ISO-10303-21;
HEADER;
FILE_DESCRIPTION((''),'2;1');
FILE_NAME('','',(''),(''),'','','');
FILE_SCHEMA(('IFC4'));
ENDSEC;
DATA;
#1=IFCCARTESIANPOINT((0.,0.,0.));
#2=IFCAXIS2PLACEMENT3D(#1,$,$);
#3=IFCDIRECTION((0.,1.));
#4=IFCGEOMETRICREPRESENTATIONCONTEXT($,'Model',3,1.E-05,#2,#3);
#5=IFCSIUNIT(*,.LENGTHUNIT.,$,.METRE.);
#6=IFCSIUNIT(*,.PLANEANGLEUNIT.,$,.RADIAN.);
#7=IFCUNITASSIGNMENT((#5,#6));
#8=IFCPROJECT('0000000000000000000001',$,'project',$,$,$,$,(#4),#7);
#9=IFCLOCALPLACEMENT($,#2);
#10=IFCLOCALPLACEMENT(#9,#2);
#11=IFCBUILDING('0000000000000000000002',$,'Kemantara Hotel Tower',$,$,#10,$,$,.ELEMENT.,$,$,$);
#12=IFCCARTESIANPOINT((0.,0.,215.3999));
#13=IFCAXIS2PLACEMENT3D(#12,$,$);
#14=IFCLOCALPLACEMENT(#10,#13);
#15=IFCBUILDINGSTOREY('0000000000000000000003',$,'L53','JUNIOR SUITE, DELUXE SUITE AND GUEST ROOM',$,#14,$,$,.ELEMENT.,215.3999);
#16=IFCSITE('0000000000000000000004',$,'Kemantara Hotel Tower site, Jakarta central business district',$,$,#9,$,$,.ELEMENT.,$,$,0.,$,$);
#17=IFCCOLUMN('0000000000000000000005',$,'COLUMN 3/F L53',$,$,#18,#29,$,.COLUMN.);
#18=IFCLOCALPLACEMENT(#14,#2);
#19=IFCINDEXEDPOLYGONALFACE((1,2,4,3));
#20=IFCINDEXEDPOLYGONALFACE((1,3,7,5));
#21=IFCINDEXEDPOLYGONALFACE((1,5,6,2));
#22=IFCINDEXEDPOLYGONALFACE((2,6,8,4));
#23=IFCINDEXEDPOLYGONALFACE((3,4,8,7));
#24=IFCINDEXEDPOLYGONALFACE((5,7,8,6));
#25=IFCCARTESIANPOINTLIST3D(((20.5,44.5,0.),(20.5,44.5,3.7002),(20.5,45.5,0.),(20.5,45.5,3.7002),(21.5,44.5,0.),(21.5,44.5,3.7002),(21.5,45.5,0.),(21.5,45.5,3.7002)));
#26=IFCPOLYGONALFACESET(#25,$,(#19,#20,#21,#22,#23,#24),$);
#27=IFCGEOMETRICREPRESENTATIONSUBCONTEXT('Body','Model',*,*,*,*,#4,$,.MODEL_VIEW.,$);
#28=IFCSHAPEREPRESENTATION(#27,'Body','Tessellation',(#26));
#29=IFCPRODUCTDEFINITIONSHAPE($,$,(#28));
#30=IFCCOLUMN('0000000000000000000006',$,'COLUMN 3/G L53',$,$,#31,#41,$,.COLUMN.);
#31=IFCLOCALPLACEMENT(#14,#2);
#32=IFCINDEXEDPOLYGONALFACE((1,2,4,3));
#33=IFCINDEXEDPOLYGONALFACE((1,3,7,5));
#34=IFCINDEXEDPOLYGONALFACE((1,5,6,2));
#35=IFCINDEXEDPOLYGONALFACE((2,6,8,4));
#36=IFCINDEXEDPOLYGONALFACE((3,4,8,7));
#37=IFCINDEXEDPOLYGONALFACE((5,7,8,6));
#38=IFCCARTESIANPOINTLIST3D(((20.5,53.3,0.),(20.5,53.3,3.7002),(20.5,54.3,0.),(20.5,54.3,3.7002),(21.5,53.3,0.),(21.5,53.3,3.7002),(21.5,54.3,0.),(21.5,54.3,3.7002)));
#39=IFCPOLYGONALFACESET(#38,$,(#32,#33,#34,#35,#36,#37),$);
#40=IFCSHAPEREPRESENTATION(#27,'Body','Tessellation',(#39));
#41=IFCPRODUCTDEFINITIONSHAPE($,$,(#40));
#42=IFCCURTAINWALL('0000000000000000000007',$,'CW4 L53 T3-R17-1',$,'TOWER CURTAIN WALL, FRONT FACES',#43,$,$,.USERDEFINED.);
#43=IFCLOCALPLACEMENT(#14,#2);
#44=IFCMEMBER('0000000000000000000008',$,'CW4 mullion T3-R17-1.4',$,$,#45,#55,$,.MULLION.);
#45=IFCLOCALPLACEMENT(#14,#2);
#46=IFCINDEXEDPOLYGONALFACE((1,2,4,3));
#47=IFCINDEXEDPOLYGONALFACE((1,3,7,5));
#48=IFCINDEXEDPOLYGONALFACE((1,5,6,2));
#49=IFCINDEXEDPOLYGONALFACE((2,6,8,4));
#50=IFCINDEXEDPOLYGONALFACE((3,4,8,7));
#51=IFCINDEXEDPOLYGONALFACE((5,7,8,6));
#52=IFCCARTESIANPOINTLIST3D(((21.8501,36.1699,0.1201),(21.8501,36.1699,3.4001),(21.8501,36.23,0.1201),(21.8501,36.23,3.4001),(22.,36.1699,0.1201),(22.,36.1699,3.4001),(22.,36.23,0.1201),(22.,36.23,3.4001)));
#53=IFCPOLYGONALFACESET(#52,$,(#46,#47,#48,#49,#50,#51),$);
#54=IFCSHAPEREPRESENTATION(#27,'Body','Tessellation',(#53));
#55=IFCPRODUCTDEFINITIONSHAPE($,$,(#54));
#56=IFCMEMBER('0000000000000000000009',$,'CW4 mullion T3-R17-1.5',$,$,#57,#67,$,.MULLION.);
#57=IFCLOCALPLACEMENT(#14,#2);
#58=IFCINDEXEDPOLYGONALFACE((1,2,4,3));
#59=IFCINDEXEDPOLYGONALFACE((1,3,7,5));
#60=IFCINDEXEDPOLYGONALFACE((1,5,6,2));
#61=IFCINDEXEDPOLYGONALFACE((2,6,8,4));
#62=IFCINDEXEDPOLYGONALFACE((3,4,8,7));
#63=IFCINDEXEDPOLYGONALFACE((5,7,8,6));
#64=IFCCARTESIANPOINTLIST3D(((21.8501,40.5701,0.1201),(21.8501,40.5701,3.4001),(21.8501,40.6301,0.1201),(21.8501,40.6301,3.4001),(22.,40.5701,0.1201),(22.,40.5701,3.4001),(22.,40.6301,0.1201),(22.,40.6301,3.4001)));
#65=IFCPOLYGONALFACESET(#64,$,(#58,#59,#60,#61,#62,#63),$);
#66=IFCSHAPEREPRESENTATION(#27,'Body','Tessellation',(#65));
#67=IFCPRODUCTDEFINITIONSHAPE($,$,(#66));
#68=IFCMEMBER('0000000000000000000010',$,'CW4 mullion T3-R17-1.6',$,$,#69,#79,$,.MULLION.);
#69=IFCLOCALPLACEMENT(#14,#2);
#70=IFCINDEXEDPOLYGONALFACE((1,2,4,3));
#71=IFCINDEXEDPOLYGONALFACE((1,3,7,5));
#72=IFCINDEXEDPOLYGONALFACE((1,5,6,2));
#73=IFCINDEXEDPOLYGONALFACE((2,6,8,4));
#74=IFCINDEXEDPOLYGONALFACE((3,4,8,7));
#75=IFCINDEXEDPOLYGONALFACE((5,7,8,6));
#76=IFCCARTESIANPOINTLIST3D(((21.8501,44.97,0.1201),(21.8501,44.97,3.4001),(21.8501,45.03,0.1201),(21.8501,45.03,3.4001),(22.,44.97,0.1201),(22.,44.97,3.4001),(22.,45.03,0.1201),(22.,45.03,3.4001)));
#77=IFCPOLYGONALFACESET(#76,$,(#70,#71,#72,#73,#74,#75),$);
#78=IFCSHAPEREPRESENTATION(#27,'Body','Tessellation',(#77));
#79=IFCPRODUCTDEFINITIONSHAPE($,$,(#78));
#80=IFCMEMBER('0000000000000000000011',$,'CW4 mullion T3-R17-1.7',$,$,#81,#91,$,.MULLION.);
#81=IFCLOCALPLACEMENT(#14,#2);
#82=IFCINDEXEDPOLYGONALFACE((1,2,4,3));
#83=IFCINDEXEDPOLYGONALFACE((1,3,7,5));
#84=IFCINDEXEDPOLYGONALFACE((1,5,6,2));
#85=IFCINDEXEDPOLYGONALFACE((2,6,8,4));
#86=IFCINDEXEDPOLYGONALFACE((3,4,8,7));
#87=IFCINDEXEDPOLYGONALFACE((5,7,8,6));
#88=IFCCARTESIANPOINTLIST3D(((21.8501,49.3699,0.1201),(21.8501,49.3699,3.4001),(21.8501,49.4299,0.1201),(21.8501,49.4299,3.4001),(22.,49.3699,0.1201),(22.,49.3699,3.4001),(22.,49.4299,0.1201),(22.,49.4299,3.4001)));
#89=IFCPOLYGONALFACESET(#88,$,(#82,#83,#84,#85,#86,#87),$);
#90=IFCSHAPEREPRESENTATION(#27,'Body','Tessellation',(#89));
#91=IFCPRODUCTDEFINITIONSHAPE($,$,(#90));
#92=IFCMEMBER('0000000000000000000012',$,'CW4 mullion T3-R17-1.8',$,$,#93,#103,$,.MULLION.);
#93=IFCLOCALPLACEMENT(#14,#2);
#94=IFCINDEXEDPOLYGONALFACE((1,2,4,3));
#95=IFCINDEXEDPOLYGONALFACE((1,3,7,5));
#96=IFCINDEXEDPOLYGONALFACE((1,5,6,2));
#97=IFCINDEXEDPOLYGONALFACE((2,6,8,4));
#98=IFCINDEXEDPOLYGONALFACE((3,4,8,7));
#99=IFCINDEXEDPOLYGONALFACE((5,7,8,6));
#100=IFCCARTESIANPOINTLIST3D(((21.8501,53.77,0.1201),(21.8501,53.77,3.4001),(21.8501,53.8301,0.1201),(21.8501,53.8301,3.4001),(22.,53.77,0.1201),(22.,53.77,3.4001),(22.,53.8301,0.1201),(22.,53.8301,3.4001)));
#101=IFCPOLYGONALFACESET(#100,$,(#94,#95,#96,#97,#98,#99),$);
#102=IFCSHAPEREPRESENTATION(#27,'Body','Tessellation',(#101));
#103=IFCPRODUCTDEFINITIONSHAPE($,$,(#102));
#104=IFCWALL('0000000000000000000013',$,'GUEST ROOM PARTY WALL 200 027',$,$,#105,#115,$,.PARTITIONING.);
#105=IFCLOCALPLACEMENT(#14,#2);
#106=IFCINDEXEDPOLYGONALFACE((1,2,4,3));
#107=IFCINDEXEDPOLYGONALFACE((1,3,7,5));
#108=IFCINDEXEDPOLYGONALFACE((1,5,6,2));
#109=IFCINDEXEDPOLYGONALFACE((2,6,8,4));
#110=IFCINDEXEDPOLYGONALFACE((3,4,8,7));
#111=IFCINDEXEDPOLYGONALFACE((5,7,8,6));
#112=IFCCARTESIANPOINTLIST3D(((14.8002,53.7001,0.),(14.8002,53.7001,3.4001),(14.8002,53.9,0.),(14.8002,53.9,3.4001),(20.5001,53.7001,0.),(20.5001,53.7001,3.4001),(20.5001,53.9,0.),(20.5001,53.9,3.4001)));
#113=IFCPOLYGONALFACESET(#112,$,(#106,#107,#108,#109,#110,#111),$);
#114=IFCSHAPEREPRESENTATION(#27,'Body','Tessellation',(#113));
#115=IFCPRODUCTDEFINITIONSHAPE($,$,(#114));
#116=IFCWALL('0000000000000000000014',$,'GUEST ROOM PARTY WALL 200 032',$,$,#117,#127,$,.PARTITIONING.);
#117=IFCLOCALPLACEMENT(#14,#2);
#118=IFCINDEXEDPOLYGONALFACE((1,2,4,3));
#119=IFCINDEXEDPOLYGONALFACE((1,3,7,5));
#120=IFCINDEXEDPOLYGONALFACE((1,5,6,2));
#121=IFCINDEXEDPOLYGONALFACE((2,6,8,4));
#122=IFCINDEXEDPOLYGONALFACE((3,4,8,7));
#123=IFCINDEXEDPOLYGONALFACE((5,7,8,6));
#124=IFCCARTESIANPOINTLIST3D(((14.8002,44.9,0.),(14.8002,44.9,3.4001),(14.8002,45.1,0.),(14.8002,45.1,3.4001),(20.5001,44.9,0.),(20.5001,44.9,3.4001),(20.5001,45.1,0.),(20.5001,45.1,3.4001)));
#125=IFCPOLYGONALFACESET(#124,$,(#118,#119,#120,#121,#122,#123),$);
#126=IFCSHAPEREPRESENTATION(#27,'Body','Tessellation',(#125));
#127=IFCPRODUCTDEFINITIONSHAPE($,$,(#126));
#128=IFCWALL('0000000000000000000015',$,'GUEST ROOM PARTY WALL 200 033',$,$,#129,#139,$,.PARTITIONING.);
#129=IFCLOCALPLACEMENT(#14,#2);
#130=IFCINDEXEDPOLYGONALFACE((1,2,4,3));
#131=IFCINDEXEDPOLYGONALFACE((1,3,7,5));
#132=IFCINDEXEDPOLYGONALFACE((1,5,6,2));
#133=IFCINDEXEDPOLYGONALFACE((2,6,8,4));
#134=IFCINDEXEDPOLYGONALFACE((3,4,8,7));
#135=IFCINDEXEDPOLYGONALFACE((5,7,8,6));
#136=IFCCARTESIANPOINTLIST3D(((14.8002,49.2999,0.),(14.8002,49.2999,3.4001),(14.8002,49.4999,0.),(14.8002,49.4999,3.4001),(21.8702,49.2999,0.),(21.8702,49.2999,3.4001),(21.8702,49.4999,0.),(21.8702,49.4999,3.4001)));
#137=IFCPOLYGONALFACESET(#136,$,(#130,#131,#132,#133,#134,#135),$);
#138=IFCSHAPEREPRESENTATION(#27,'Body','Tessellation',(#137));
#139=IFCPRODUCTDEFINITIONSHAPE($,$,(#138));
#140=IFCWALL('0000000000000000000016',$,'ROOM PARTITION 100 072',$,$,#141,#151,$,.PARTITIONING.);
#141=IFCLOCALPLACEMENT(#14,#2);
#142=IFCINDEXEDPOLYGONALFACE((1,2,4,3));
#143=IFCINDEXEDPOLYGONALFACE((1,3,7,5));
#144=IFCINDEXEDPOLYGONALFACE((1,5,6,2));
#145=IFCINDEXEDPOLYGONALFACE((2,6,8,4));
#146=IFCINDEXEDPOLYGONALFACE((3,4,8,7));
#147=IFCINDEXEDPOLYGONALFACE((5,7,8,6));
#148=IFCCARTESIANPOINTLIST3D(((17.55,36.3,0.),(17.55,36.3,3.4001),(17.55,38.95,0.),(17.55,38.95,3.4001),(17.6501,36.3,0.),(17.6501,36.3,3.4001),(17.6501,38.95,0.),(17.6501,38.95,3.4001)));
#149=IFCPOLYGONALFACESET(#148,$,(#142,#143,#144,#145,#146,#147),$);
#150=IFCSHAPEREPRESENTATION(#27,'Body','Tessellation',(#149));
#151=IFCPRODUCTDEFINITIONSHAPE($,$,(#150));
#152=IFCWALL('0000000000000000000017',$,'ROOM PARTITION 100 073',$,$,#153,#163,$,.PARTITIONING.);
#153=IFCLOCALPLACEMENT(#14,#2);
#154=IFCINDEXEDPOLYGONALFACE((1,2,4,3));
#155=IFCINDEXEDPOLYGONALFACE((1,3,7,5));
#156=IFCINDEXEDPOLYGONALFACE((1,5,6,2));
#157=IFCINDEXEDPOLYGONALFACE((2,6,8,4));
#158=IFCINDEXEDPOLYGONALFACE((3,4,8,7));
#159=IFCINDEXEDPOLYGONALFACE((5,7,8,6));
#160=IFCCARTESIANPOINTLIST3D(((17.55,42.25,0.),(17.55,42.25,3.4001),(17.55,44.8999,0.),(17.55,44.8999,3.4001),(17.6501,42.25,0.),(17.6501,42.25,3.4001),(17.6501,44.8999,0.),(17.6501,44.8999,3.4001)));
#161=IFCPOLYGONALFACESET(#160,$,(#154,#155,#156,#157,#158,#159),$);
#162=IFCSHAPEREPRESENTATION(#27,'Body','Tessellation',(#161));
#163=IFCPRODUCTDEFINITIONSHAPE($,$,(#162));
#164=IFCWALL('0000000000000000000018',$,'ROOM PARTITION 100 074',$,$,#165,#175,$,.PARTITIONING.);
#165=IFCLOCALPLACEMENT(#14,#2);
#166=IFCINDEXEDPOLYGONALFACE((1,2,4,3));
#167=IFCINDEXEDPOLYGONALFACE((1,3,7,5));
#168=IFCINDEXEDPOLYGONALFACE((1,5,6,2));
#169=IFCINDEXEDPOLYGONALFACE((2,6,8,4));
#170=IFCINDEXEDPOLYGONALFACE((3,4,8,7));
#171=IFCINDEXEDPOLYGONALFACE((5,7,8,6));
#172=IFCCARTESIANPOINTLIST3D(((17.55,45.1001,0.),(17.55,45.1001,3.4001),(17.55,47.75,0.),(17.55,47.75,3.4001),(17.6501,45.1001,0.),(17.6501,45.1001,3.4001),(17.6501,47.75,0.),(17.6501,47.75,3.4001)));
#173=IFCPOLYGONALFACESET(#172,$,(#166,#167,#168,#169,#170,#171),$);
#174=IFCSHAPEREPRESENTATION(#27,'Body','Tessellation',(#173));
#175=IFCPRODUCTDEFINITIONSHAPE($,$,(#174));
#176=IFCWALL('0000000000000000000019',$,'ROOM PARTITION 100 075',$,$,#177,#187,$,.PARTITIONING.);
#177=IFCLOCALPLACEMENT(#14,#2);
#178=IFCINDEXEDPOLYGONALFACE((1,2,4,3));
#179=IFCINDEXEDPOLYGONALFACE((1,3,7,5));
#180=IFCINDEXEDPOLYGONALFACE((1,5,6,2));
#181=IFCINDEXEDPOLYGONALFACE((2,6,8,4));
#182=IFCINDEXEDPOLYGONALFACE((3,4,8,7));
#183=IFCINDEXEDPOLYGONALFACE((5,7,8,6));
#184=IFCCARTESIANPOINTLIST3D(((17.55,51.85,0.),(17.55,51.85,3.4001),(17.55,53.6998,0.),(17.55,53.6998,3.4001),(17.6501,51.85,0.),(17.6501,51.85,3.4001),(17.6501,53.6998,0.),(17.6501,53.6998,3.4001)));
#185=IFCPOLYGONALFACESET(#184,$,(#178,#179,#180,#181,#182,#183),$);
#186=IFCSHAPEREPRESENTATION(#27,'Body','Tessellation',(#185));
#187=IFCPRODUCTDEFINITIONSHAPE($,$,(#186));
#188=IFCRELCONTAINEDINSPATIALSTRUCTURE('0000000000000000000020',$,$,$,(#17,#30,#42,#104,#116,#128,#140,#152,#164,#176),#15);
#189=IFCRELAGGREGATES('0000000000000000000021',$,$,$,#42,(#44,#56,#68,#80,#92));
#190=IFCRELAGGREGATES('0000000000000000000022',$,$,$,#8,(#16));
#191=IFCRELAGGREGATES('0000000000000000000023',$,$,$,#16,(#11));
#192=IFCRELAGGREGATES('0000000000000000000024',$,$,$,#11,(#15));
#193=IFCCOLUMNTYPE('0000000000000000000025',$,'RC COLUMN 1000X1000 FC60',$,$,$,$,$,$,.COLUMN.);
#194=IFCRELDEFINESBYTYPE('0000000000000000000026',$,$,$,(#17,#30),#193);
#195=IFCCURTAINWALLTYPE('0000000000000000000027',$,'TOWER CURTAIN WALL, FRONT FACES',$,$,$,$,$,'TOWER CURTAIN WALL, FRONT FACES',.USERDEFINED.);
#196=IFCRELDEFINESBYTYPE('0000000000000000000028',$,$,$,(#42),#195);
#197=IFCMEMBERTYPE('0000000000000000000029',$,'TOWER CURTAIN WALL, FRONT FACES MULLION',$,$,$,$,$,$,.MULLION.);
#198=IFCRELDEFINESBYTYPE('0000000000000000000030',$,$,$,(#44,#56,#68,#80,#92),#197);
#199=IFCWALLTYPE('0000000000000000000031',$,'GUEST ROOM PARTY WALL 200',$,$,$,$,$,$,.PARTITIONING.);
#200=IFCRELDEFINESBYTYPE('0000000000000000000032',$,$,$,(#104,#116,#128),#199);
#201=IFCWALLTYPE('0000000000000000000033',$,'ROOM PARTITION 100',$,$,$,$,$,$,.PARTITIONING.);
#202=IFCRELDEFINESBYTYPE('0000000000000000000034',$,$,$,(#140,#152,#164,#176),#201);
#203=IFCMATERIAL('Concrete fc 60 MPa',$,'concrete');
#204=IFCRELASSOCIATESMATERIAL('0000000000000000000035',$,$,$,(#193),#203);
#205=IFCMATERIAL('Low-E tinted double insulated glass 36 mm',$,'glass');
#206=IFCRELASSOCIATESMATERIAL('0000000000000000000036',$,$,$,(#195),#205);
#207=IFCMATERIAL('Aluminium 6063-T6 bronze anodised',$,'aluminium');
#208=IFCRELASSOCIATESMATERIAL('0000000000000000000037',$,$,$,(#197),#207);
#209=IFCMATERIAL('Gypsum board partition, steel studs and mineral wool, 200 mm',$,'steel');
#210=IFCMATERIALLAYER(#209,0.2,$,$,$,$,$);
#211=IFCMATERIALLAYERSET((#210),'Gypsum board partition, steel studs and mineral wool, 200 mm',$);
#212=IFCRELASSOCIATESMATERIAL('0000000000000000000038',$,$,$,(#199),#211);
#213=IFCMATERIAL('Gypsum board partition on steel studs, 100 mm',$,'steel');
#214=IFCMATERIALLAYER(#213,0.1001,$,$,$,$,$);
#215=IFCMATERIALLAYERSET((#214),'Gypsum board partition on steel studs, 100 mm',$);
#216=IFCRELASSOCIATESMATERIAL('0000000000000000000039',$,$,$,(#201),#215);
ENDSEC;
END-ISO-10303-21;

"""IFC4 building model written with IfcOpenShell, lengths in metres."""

from ifc_helpers import new_model, si_unit, direction, frame, frame_2d, origin, origin_2d, place, context, subcontext, project, spatial, rectangle, extrude, source, transform, mapped, material, layer, layer_set, material_profile, profile_set, type_object, element, aggregate, save


model = new_model("IFC4")

# Units and contexts
model_context = context("Model", 3, precision=1e-05, world=origin(), true_north=direction((0.0, 1.0)))
body_context = subcontext(model_context, "Body", "Model", "MODEL_VIEW")
ifc_project = project(units=[si_unit("LENGTHUNIT", "METRE"), si_unit("PLANEANGLEUNIT", "RADIAN")], contexts=[model_context])

# Site, building, storey
site_placement = place(None, origin())
site = spatial("IfcSite", under=ifc_project, at=site_placement, Name="Kemantara Hotel Tower site, Jakarta central business district", CompositionType="ELEMENT", RefElevation=0.0)
building_placement = place(site_placement, origin())
building = spatial("IfcBuilding", under=site, at=building_placement, Name="Kemantara Hotel Tower", CompositionType="ELEMENT")
storey_placement = place(building_placement, frame((0.0, 0.0, 215.3999)))
storey = spatial("IfcBuildingStorey", under=building, at=storey_placement, Name="L53", Description="JUNIOR SUITE, DELUXE SUITE AND GUEST ROOM", CompositionType="ELEMENT", Elevation=215.3999)

# Columns
ifc_material_1 = material(Name="Concrete fc 60 MPa", Category="concrete")
ifc_material_profile_1 = material_profile(ifc_material_1, rectangle(XDim=1.0, YDim=1.0, at=origin_2d()), Name="RC 1000X1000")
ifc_profile_set_1 = profile_set([ifc_material_profile_1], Name="Concrete fc 60 MPa")
column_type = type_object("IfcColumnType", Name="RC COLUMN 1000X1000 FC60", PredefinedType="COLUMN", material=ifc_profile_set_1)
for number, where, z_axis, x_axis, name in (
    (1, (21.0, 45.0, 0.0), (0.0, 0.0, 1.0), (1.0, 0.0, 0.0), "COLUMN 3/F L53"),
    (2, (21.0, 53.8, 0.0), (0.0, 0.0, 1.0), (1.0, 0.0, 0.0), "COLUMN 3/G L53"),
):
    element("IfcColumn", number, at=place(storey_placement, frame(where, z_axis=z_axis, x_axis=x_axis)), inside=storey, type_object=column_type, Name=name, PredefinedType="COLUMN", context=body_context, shape_type="SweptSolid", body=[
        extrude(rectangle(XDim=1.0, YDim=1.0, at=origin_2d()), origin(), (0.0, 0.0, 1.0), 3.7002),
    ])

# Curtain wall, members
ifc_material_2 = material(Name="Low-E tinted double insulated glass 36 mm", Category="glass")
curtain_wall_type = type_object("IfcCurtainWallType", Name="TOWER CURTAIN WALL, FRONT FACES", ElementType="TOWER CURTAIN WALL, FRONT FACES", PredefinedType="USERDEFINED", material=ifc_material_2)
curtain_wall_placement = place(storey_placement, origin())
curtain_wall = element("IfcCurtainWall", 3, at=curtain_wall_placement, inside=storey, type_object=curtain_wall_type, Name="CW4 L53 T3-R17-1", ObjectType="TOWER CURTAIN WALL, FRONT FACES", PredefinedType="USERDEFINED")
ifc_material_3 = material(Name="Aluminium 6063-T6 bronze anodised", Category="aluminium")
ifc_material_profile_2 = material_profile(ifc_material_3, rectangle(XDim=0.1499, YDim=0.0601, at=origin_2d()), Name="TOWER CURTAIN WALL, FRONT FACES MULLION")
ifc_profile_set_2 = profile_set([ifc_material_profile_2], Name="Aluminium 6063-T6 bronze anodised")
member_type = type_object("IfcMemberType", Name="TOWER CURTAIN WALL, FRONT FACES MULLION", PredefinedType="MULLION", material=ifc_profile_set_2)
shared_shape = source(origin(), body_context, "Body", "SweptSolid", [
    extrude(rectangle(XDim=0.1499, YDim=0.0601, at=origin_2d()), origin(), (0.0, 0.0, 1.0), 3.28),
])
member_1_placement = place(storey_placement, frame((21.925, 36.2, 0.1201), z_axis=(0.0, 0.0, 1.0), x_axis=(-1.0, 0.0, 0.0)))
member_1 = element("IfcMember", 4, at=member_1_placement, type_object=member_type, Name="CW4 mullion T3-R17-1.4", PredefinedType="MULLION", context=body_context, shape_type="MappedRepresentation", body=[
    mapped(shared_shape, transform((0.0, 0.0, 0.0))),
])
member_2_placement = place(storey_placement, frame((21.925, 40.6001, 0.1201), z_axis=(0.0, 0.0, 1.0), x_axis=(-1.0, 0.0, 0.0)))
member_2 = element("IfcMember", 5, at=member_2_placement, type_object=member_type, Name="CW4 mullion T3-R17-1.5", PredefinedType="MULLION", context=body_context, shape_type="MappedRepresentation", body=[
    mapped(shared_shape, transform((0.0, 0.0, 0.0))),
])
member_3_placement = place(storey_placement, frame((21.925, 45.0, 0.1201), z_axis=(0.0, 0.0, 1.0), x_axis=(-1.0, 0.0, 0.0)))
member_3 = element("IfcMember", 6, at=member_3_placement, type_object=member_type, Name="CW4 mullion T3-R17-1.6", PredefinedType="MULLION", context=body_context, shape_type="MappedRepresentation", body=[
    mapped(shared_shape, transform((0.0, 0.0, 0.0))),
])
member_4_placement = place(storey_placement, frame((21.925, 49.3999, 0.1201), z_axis=(0.0, 0.0, 1.0), x_axis=(-1.0, 0.0, 0.0)))
member_4 = element("IfcMember", 7, at=member_4_placement, type_object=member_type, Name="CW4 mullion T3-R17-1.7", PredefinedType="MULLION", context=body_context, shape_type="MappedRepresentation", body=[
    mapped(shared_shape, transform((0.0, 0.0, 0.0))),
])
member_5_placement = place(storey_placement, frame((21.925, 53.8, 0.1201), z_axis=(0.0, 0.0, 1.0), x_axis=(-1.0, 0.0, 0.0)))
member_5 = element("IfcMember", 8, at=member_5_placement, type_object=member_type, Name="CW4 mullion T3-R17-1.8", PredefinedType="MULLION", context=body_context, shape_type="MappedRepresentation", body=[
    mapped(shared_shape, transform((0.0, 0.0, 0.0))),
])
aggregate(curtain_wall, [member_1, member_2, member_3, member_4, member_5])

# Walls
ifc_material_4 = material(Name="Gypsum board partition, steel studs and mineral wool, 200 mm", Category="steel")
ifc_layer_1 = layer(ifc_material_4, 0.2)
ifc_layer_set_1 = layer_set([ifc_layer_1], Name="Gypsum board partition, steel studs and mineral wool, 200 mm")
wall_type_1 = type_object("IfcWallType", Name="GUEST ROOM PARTY WALL 200", PredefinedType="PARTITIONING", material=ifc_layer_set_1)
for number, where, z_axis, x_axis, name in (
    (9, (14.8, 53.8, 0.0), (0.0, 0.0, 1.0), (1.0, 0.0, 0.0), "GUEST ROOM PARTY WALL 200 027"),
    (10, (14.8, 45.0, 0.0), (0.0, 0.0, 1.0), (1.0, 0.0, 0.0), "GUEST ROOM PARTY WALL 200 032"),
):
    element("IfcWall", number, at=place(storey_placement, frame(where, z_axis=z_axis, x_axis=x_axis)), inside=storey, type_object=wall_type_1, Name=name, PredefinedType="PARTITIONING", context=body_context, shape_type="SweptSolid", body=[
        extrude(rectangle(XDim=5.7, YDim=0.2, at=frame_2d((2.8501, 0.0))), origin(), (0.0, 0.0, 1.0), 3.4001),
    ])
wall_1_placement = place(storey_placement, frame((14.8, 49.3999, 0.0), z_axis=(0.0, 0.0, 1.0), x_axis=(1.0, 0.0, 0.0)))
element("IfcWall", 11, at=wall_1_placement, inside=storey, type_object=wall_type_1, Name="GUEST ROOM PARTY WALL 200 033", PredefinedType="PARTITIONING", context=body_context, shape_type="SweptSolid", body=[
    extrude(rectangle(XDim=7.0701, YDim=0.2, at=frame_2d((3.5352, 0.0))), origin(), (0.0, 0.0, 1.0), 3.4001),
])
ifc_material_5 = material(Name="Gypsum board partition on steel studs, 100 mm", Category="steel")
ifc_layer_2 = layer(ifc_material_5, 0.1001)
ifc_layer_set_2 = layer_set([ifc_layer_2], Name="Gypsum board partition on steel studs, 100 mm")
wall_type_2 = type_object("IfcWallType", Name="ROOM PARTITION 100", PredefinedType="PARTITIONING", material=ifc_layer_set_2)
for number, where, z_axis, x_axis, name in (
    (12, (17.6001, 36.3, 0.0), (0.0, 0.0, 1.0), (0.0, 1.0, 0.0), "ROOM PARTITION 100 072"),
    (13, (17.6001, 42.25, 0.0), (0.0, 0.0, 1.0), (0.0, 1.0, 0.0), "ROOM PARTITION 100 073"),
    (14, (17.6001, 45.1001, 0.0), (0.0, 0.0, 1.0), (0.0, 1.0, 0.0), "ROOM PARTITION 100 074"),
):
    element("IfcWall", number, at=place(storey_placement, frame(where, z_axis=z_axis, x_axis=x_axis)), inside=storey, type_object=wall_type_2, Name=name, PredefinedType="PARTITIONING", context=body_context, shape_type="SweptSolid", body=[
        extrude(rectangle(XDim=2.6499, YDim=0.1001, at=frame_2d((1.325, 0.0))), origin(), (0.0, 0.0, 1.0), 3.4001),
    ])
wall_2_placement = place(storey_placement, frame((17.6001, 51.8501, 0.0), z_axis=(0.0, 0.0, 1.0), x_axis=(0.0, 1.0, 0.0)))
element("IfcWall", 15, at=wall_2_placement, inside=storey, type_object=wall_type_2, Name="ROOM PARTITION 100 075", PredefinedType="PARTITIONING", context=body_context, shape_type="SweptSolid", body=[
    extrude(rectangle(XDim=1.8499, YDim=0.1001, at=frame_2d((0.9248, 0.0))), origin(), (0.0, 0.0, 1.0), 3.4001),
])

save(model, "model.ifc")
